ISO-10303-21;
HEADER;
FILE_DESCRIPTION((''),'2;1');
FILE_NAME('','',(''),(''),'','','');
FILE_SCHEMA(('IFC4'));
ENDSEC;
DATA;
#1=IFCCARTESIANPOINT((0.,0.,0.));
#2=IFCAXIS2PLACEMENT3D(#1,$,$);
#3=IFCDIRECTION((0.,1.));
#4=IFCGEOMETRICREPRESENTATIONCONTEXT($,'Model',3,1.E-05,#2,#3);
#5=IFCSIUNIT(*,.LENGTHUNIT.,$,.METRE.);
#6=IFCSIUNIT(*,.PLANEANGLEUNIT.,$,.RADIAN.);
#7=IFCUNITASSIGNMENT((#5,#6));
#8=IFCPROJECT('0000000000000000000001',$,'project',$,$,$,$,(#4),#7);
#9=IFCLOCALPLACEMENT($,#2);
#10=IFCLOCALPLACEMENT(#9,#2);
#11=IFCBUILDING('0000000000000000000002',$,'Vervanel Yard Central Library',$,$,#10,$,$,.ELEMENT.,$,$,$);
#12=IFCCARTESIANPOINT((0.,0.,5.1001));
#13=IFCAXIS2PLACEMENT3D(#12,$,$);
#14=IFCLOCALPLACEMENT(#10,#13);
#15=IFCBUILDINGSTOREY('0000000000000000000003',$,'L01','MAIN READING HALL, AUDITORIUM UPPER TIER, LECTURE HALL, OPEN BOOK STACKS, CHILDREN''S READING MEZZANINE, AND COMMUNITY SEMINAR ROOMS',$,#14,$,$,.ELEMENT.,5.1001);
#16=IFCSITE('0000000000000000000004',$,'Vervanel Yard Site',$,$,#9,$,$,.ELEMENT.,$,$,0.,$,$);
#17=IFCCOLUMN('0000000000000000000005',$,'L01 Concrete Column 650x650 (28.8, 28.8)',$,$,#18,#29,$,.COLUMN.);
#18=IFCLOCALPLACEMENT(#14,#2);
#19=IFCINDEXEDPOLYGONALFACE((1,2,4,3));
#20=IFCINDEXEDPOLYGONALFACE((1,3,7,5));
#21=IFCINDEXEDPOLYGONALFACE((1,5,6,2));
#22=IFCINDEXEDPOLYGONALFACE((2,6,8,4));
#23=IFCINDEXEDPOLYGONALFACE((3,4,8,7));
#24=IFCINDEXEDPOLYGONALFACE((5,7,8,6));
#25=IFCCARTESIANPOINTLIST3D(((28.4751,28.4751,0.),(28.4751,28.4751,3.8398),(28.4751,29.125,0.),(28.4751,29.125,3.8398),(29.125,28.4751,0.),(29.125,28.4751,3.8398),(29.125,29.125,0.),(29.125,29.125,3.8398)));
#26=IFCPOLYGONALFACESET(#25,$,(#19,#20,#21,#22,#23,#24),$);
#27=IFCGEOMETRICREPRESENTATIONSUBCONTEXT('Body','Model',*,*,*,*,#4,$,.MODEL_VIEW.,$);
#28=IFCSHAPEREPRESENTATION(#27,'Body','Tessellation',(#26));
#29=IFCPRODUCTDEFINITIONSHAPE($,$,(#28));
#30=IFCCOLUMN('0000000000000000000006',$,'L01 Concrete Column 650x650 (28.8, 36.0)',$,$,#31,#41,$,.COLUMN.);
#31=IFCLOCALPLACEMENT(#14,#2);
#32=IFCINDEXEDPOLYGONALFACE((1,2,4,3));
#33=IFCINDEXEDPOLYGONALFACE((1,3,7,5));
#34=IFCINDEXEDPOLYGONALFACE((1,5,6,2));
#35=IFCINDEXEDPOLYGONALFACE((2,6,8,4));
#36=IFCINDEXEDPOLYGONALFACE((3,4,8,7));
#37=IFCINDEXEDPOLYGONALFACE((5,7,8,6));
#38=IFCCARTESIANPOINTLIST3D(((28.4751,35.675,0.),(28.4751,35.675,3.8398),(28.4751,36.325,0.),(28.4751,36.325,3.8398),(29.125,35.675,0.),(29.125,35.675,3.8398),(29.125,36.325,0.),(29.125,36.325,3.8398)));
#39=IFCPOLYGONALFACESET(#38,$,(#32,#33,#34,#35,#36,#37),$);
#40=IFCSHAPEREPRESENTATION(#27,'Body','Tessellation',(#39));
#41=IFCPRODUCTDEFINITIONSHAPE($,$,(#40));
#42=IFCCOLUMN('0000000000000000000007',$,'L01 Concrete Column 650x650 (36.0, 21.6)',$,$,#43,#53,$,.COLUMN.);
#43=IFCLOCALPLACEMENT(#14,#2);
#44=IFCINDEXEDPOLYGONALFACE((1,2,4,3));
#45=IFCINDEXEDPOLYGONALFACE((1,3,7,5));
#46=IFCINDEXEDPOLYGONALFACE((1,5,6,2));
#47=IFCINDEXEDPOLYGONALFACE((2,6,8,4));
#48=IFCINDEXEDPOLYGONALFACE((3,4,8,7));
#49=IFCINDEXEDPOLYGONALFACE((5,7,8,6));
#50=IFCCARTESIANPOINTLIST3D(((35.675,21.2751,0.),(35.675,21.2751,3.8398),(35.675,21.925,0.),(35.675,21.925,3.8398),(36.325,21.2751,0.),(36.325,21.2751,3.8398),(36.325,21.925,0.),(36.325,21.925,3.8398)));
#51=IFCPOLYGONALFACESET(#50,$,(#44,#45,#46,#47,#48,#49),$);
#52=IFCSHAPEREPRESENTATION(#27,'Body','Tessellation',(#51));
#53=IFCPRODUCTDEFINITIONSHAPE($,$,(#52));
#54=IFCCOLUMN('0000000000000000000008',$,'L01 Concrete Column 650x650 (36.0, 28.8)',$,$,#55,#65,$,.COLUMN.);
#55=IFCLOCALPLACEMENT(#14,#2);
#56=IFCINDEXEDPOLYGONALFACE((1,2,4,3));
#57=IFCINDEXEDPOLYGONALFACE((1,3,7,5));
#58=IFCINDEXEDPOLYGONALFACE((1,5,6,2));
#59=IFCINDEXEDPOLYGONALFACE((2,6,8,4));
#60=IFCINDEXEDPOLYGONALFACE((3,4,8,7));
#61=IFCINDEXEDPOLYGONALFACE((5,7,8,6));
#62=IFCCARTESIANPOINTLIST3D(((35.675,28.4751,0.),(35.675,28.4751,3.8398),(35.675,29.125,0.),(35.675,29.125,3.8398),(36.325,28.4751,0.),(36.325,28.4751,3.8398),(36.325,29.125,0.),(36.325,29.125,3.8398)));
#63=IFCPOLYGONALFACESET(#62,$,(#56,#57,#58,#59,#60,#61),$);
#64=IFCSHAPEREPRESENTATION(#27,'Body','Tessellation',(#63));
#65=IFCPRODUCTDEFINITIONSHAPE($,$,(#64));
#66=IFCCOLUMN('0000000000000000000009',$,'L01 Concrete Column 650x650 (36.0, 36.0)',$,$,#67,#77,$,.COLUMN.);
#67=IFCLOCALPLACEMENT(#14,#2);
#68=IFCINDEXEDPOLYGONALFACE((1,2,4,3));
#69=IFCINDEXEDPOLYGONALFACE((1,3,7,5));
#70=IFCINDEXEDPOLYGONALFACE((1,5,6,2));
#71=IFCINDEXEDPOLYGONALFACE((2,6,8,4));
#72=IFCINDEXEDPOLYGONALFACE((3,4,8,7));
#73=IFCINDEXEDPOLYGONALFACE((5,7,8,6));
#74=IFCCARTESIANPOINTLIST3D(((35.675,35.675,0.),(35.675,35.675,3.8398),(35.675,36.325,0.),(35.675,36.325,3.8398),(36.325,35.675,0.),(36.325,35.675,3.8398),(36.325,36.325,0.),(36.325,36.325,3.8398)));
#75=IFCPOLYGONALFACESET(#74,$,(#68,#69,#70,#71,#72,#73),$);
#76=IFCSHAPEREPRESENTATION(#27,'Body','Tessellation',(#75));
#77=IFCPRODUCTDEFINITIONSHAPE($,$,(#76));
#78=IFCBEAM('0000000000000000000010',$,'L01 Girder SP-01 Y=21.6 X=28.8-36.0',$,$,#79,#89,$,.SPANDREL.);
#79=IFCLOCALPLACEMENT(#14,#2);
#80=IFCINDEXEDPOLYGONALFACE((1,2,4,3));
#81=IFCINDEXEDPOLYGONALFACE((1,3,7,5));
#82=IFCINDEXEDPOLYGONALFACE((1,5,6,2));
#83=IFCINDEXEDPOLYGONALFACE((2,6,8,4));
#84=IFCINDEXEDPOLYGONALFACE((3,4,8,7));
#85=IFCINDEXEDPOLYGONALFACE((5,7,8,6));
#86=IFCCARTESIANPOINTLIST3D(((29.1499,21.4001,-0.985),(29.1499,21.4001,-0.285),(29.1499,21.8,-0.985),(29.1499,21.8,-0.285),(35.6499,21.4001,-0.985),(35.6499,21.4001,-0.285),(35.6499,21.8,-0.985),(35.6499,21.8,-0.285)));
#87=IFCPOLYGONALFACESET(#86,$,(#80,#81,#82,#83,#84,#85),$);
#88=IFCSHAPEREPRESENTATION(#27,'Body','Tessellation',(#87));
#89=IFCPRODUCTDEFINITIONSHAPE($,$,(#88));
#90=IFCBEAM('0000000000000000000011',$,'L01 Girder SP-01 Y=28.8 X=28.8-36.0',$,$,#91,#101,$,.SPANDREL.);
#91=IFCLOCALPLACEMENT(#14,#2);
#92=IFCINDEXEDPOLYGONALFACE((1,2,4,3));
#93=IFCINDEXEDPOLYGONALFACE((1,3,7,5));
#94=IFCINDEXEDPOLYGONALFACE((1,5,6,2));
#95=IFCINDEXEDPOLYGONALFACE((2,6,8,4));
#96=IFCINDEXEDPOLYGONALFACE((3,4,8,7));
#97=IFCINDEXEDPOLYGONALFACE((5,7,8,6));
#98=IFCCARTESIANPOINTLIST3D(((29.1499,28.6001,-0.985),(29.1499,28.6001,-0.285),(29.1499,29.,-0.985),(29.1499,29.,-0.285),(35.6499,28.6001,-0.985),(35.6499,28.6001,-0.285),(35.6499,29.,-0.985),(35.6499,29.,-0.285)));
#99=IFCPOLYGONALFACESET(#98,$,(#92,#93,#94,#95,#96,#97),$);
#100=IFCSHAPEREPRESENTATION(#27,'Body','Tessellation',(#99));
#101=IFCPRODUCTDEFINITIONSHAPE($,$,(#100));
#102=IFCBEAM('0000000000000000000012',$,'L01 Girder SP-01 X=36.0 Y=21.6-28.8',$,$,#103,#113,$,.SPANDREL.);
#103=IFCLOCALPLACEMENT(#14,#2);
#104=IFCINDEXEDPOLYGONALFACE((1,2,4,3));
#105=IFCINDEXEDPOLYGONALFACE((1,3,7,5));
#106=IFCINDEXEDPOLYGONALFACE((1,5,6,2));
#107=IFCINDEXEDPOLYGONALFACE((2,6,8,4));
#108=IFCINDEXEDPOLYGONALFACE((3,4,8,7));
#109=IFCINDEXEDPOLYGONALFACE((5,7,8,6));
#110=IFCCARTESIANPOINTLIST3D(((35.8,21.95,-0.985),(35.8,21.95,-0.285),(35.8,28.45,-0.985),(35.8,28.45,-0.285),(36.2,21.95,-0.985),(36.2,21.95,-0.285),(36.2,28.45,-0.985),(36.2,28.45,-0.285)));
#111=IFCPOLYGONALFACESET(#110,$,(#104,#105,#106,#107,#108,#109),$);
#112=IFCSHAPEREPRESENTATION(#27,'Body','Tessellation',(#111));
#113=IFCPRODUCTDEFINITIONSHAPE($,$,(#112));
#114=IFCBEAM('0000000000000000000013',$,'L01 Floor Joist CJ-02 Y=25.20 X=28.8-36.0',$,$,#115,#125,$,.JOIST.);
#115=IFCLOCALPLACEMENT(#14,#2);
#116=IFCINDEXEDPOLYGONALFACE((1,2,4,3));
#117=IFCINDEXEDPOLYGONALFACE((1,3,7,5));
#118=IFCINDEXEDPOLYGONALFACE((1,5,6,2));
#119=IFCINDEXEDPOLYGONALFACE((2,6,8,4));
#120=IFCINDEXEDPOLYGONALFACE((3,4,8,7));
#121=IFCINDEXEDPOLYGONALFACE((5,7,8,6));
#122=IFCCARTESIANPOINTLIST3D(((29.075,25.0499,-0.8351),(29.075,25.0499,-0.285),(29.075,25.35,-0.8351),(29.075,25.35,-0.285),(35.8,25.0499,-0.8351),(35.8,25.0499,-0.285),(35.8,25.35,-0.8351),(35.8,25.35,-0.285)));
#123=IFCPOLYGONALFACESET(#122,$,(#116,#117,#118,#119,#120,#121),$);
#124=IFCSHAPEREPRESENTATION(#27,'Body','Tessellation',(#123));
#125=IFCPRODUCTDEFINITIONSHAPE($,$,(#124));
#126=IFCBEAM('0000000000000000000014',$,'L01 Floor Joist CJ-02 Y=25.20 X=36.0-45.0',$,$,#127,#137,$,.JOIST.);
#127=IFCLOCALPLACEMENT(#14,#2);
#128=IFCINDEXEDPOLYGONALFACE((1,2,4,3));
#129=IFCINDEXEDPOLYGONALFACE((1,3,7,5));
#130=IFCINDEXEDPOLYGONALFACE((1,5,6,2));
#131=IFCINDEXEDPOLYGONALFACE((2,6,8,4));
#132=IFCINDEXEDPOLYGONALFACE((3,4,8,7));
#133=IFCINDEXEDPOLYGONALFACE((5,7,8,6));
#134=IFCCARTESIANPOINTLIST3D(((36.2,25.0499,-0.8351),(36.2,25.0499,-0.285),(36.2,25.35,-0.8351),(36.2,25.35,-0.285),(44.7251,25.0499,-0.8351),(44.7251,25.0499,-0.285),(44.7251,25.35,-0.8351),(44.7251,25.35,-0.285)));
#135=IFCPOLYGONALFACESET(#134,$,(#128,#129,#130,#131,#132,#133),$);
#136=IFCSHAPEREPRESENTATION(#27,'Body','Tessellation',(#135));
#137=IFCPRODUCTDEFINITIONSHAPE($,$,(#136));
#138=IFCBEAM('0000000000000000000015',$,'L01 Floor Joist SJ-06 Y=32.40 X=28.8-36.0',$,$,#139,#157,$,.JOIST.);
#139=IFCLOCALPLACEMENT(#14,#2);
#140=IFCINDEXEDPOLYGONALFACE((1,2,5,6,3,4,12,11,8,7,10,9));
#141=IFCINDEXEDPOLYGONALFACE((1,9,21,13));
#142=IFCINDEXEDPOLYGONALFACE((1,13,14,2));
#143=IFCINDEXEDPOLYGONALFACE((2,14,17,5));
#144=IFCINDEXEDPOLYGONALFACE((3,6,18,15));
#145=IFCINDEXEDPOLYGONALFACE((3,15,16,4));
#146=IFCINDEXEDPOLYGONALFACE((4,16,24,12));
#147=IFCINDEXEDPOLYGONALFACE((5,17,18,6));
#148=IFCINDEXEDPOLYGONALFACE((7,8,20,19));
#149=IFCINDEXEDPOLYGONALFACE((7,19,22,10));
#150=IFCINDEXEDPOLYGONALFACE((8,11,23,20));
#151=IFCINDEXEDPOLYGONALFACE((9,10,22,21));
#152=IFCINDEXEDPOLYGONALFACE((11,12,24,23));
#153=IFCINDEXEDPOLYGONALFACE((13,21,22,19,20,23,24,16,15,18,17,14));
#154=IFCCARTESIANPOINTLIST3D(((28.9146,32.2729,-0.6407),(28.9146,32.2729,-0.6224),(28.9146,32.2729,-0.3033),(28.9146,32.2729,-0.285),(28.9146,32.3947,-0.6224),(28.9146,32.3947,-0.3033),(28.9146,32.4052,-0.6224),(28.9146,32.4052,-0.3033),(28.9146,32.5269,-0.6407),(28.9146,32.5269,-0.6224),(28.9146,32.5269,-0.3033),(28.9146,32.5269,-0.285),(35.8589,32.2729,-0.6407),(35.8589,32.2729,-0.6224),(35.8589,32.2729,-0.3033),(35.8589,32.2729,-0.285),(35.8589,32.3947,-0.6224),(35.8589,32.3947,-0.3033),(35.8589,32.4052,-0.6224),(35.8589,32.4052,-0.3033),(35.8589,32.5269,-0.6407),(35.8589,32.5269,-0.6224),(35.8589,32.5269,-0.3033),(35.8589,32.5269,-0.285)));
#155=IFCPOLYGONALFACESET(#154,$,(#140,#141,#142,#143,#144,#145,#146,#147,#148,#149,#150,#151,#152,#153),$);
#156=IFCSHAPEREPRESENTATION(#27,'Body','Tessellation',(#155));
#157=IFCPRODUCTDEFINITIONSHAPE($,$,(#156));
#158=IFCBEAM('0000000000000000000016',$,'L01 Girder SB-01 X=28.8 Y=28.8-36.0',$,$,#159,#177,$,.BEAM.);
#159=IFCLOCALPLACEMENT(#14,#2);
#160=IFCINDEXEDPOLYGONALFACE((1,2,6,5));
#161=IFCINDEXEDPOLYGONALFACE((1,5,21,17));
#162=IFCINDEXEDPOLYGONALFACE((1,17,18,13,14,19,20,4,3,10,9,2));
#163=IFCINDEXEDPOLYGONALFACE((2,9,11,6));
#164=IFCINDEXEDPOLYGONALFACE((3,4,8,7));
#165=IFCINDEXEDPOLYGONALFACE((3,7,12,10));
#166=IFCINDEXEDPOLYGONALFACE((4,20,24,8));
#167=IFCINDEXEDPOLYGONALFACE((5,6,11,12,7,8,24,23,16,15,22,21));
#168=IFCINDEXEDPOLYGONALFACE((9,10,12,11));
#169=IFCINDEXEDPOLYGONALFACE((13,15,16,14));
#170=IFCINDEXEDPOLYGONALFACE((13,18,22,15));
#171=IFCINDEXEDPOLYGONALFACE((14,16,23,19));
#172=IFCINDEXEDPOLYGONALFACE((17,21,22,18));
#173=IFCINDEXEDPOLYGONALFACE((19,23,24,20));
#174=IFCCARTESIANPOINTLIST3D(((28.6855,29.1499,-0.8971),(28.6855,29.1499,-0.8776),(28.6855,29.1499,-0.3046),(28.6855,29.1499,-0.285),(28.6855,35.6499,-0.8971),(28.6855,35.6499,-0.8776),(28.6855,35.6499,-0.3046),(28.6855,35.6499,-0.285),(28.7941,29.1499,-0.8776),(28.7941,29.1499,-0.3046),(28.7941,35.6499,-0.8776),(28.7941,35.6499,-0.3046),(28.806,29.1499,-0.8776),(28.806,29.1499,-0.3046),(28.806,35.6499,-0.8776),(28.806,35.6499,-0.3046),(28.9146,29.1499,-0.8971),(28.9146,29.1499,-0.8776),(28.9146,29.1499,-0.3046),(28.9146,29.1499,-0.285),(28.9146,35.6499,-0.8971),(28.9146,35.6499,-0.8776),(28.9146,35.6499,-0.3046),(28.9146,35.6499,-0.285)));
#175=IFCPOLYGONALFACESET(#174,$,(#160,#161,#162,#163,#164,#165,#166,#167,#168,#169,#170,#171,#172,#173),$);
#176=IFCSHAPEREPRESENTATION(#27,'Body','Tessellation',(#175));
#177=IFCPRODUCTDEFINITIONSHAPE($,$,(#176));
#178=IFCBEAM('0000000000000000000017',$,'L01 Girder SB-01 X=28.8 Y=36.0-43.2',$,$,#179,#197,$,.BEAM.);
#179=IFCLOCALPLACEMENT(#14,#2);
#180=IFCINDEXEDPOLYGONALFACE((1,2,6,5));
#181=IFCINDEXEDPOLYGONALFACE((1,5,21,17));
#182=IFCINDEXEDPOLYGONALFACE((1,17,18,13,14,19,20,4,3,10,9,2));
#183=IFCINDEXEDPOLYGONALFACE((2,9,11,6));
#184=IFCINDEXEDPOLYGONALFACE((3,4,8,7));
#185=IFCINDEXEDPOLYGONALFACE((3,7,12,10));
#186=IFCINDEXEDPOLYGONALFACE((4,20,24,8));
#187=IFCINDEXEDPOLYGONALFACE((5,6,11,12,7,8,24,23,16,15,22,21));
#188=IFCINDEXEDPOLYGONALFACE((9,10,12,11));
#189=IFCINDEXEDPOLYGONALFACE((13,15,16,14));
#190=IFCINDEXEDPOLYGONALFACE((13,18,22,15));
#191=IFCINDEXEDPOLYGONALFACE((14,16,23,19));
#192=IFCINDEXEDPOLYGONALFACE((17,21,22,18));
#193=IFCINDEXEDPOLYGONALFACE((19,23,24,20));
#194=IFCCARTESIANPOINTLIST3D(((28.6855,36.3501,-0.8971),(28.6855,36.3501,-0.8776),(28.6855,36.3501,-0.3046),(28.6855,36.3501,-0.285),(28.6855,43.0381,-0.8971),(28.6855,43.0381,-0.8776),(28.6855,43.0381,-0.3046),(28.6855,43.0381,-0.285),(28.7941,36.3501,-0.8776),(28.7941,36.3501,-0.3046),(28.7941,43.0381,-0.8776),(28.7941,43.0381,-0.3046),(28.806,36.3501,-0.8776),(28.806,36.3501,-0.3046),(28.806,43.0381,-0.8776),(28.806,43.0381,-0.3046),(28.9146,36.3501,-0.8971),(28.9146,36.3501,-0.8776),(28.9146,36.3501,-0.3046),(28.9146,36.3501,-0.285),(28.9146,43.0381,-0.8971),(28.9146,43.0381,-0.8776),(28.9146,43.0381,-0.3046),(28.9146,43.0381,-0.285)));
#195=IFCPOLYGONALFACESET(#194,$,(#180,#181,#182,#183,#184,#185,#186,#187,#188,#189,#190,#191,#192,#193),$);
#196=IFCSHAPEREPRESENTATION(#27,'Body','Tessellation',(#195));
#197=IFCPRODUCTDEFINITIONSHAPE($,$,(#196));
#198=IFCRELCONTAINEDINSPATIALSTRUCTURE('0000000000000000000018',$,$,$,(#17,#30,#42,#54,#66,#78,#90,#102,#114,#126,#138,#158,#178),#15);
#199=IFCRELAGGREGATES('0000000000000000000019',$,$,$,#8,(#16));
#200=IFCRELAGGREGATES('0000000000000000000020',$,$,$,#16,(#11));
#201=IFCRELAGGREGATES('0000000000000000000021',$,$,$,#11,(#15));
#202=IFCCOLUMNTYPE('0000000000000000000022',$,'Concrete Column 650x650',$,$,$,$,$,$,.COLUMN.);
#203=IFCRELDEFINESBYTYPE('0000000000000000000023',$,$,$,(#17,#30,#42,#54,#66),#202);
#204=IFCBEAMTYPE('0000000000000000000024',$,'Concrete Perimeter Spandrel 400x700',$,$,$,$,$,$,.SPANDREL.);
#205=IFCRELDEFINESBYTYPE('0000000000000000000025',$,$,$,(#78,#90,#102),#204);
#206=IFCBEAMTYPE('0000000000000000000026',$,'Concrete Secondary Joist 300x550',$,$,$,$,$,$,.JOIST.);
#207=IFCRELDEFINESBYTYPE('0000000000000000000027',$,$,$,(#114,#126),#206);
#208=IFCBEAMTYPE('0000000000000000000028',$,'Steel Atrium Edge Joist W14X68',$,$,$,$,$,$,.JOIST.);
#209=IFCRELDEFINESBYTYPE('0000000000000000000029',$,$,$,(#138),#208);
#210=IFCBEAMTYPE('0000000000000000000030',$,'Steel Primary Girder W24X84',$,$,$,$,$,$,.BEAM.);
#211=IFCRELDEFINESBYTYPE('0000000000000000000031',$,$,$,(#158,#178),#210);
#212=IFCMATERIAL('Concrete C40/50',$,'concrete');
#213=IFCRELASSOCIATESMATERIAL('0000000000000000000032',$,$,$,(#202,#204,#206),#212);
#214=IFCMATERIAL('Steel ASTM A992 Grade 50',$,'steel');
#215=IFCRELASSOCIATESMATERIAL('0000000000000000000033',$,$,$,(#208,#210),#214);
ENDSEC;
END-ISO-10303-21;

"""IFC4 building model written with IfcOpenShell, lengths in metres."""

from ifc_helpers import new_model, si_unit, direction, frame, origin, origin_2d, place, context, subcontext, project, spatial, rectangle, i_section, extrude, material, material_profile, profile_set, type_object, element, save


model = new_model("IFC4")

# Units and contexts
model_context = context("Model", 3, precision=1e-05, world=origin(), true_north=direction((0.0, 1.0)))
body_context = subcontext(model_context, "Body", "Model", "MODEL_VIEW")
ifc_project = project(units=[si_unit("LENGTHUNIT", "METRE"), si_unit("PLANEANGLEUNIT", "RADIAN")], contexts=[model_context])

# Site, building, storey
site_placement = place(None, origin())
site = spatial("IfcSite", under=ifc_project, at=site_placement, Name="Vervanel Yard Site", CompositionType="ELEMENT", RefElevation=0.0)
building_placement = place(site_placement, origin())
building = spatial("IfcBuilding", under=site, at=building_placement, Name="Vervanel Yard Central Library", CompositionType="ELEMENT")
storey_placement = place(building_placement, frame((0.0, 0.0, 5.1001)))
storey = spatial("IfcBuildingStorey", under=building, at=storey_placement, Name="L01", Description="MAIN READING HALL, AUDITORIUM UPPER TIER, LECTURE HALL, OPEN BOOK STACKS, CHILDREN'S READING MEZZANINE, AND COMMUNITY SEMINAR ROOMS", CompositionType="ELEMENT", Elevation=5.1001)

# Columns
ifc_material_1 = material(Name="Concrete C40/50", Category="concrete")
ifc_material_profile_1 = material_profile(ifc_material_1, rectangle(XDim=0.6499, YDim=0.6499, at=origin_2d()), Name="RC 650x650", Category="concrete")
ifc_profile_set_1 = profile_set([ifc_material_profile_1], Name="Concrete C40/50")
column_type = type_object("IfcColumnType", Name="Concrete Column 650x650", PredefinedType="COLUMN", material=ifc_profile_set_1)
for number, where, z_axis, x_axis, name in (
    (1, (28.8, 28.8, 0.0), (0.0, 0.0, 1.0), (1.0, 0.0, 0.0), "L01 Concrete Column 650x650 (28.8, 28.8)"),
    (2, (28.8, 36.0, 0.0), (0.0, 0.0, 1.0), (1.0, 0.0, 0.0), "L01 Concrete Column 650x650 (28.8, 36.0)"),
    (3, (36.0, 21.6001, 0.0), (0.0, 0.0, 1.0), (1.0, 0.0, 0.0), "L01 Concrete Column 650x650 (36.0, 21.6)"),
    (4, (36.0, 28.8, 0.0), (0.0, 0.0, 1.0), (1.0, 0.0, 0.0), "L01 Concrete Column 650x650 (36.0, 28.8)"),
    (5, (36.0, 36.0, 0.0), (0.0, 0.0, 1.0), (1.0, 0.0, 0.0), "L01 Concrete Column 650x650 (36.0, 36.0)"),
):
    element("IfcColumn", number, at=place(storey_placement, frame(where, z_axis=z_axis, x_axis=x_axis)), inside=storey, type_object=column_type, Name=name, PredefinedType="COLUMN", context=body_context, shape_type="SweptSolid", body=[
        extrude(rectangle(XDim=0.6499, YDim=0.6499, at=origin_2d()), origin(), (0.0, 0.0, 1.0), 3.8398),
    ])

# Beams
ifc_material_profile_2 = material_profile(ifc_material_1, rectangle(XDim=0.3999, YDim=0.7, at=origin_2d()), Name="RC 400x700", Category="concrete")
ifc_profile_set_2 = profile_set([ifc_material_profile_2], Name="Concrete C40/50")
beam_type_1 = type_object("IfcBeamType", Name="Concrete Perimeter Spandrel 400x700", PredefinedType="SPANDREL", material=ifc_profile_set_2)
for number, where, z_axis, x_axis, name in (
    (6, (29.1499, 21.6001, -0.635), (1.0, 0.0, 0.0), (0.0, 1.0, 0.0), "L01 Girder SP-01 Y=21.6 X=28.8-36.0"),
    (7, (29.1499, 28.8, -0.635), (1.0, 0.0, 0.0), (0.0, 1.0, 0.0), "L01 Girder SP-01 Y=28.8 X=28.8-36.0"),
    (8, (36.0, 21.95, -0.635), (0.0, 1.0, 0.0), (-1.0, 0.0, 0.0), "L01 Girder SP-01 X=36.0 Y=21.6-28.8"),
):
    element("IfcBeam", number, at=place(storey_placement, frame(where, z_axis=z_axis, x_axis=x_axis)), inside=storey, type_object=beam_type_1, Name=name, PredefinedType="SPANDREL", context=body_context, shape_type="SweptSolid", body=[
        extrude(rectangle(XDim=0.3999, YDim=0.7, at=origin_2d()), origin(), (0.0, 0.0, 1.0), 6.5),
    ])
ifc_material_profile_3 = material_profile(ifc_material_1, rectangle(XDim=0.3, YDim=0.55, at=origin_2d()), Name="RC 300x550", Category="concrete")
ifc_profile_set_3 = profile_set([ifc_material_profile_3], Name="Concrete C40/50")
beam_type_2 = type_object("IfcBeamType", Name="Concrete Secondary Joist 300x550", PredefinedType="JOIST", material=ifc_profile_set_3)
beam_1_placement = place(storey_placement, frame((29.075, 25.2, -0.5601), z_axis=(1.0, 0.0, 0.0), x_axis=(0.0, 1.0, 0.0)))
element("IfcBeam", 9, at=beam_1_placement, inside=storey, type_object=beam_type_2, Name="L01 Floor Joist CJ-02 Y=25.20 X=28.8-36.0", PredefinedType="JOIST", context=body_context, shape_type="SweptSolid", body=[
    extrude(rectangle(XDim=0.3, YDim=0.55, at=origin_2d()), origin(), (0.0, 0.0, 1.0), 6.7251),
])
beam_2_placement = place(storey_placement, frame((36.2, 25.2, -0.5601), z_axis=(1.0, 0.0, 0.0), x_axis=(0.0, 1.0, 0.0)))
element("IfcBeam", 10, at=beam_2_placement, inside=storey, type_object=beam_type_2, Name="L01 Floor Joist CJ-02 Y=25.20 X=36.0-45.0", PredefinedType="JOIST", context=body_context, shape_type="SweptSolid", body=[
    extrude(rectangle(XDim=0.3, YDim=0.55, at=origin_2d()), origin(), (0.0, 0.0, 1.0), 8.5251),
])
ifc_material_2 = material(Name="Steel ASTM A992 Grade 50", Category="steel")
ifc_material_profile_4 = material_profile(ifc_material_2, i_section(OverallWidth=0.2539, OverallDepth=0.3557, WebThickness=0.0105, FlangeThickness=0.0183, at=origin_2d()), Name="W14X68", Category="steel")
ifc_profile_set_4 = profile_set([ifc_material_profile_4], Name="Steel ASTM A992 Grade 50")
beam_type_3 = type_object("IfcBeamType", Name="Steel Atrium Edge Joist W14X68", PredefinedType="JOIST", material=ifc_profile_set_4)
beam_3_placement = place(storey_placement, frame((28.9146, 32.3999, -0.4629), z_axis=(1.0, 0.0, 0.0), x_axis=(0.0, 1.0, 0.0)))
element("IfcBeam", 11, at=beam_3_placement, inside=storey, type_object=beam_type_3, Name="L01 Floor Joist SJ-06 Y=32.40 X=28.8-36.0", PredefinedType="JOIST", context=body_context, shape_type="SweptSolid", body=[
    extrude(i_section(OverallWidth=0.2539, OverallDepth=0.3557, WebThickness=0.0105, FlangeThickness=0.0183, at=origin_2d()), origin(), (0.0, 0.0, 1.0), 6.9443),
])
ifc_material_profile_5 = material_profile(ifc_material_2, i_section(OverallWidth=0.229, OverallDepth=0.6121, WebThickness=0.012, FlangeThickness=0.0195, at=origin_2d()), Name="W24X84", Category="steel")
ifc_profile_set_5 = profile_set([ifc_material_profile_5], Name="Steel ASTM A992 Grade 50")
beam_type_4 = type_object("IfcBeamType", Name="Steel Primary Girder W24X84", PredefinedType="BEAM", material=ifc_profile_set_5)
beam_4_placement = place(storey_placement, frame((28.8, 29.1499, -0.5911), z_axis=(0.0, 1.0, 0.0), x_axis=(-1.0, 0.0, 0.0)))
element("IfcBeam", 12, at=beam_4_placement, inside=storey, type_object=beam_type_4, Name="L01 Girder SB-01 X=28.8 Y=28.8-36.0", PredefinedType="BEAM", context=body_context, shape_type="SweptSolid", body=[
    extrude(i_section(OverallWidth=0.229, OverallDepth=0.6121, WebThickness=0.012, FlangeThickness=0.0195, at=origin_2d()), origin(), (0.0, 0.0, 1.0), 6.5),
])
beam_5_placement = place(storey_placement, frame((28.8, 36.3501, -0.5911), z_axis=(0.0, 1.0, 0.0), x_axis=(-1.0, 0.0, 0.0)))
element("IfcBeam", 13, at=beam_5_placement, inside=storey, type_object=beam_type_4, Name="L01 Girder SB-01 X=28.8 Y=36.0-43.2", PredefinedType="BEAM", context=body_context, shape_type="SweptSolid", body=[
    extrude(i_section(OverallWidth=0.229, OverallDepth=0.6121, WebThickness=0.012, FlangeThickness=0.0195, at=origin_2d()), origin(), (0.0, 0.0, 1.0), 6.688),
])

save(model, "model.ifc")
